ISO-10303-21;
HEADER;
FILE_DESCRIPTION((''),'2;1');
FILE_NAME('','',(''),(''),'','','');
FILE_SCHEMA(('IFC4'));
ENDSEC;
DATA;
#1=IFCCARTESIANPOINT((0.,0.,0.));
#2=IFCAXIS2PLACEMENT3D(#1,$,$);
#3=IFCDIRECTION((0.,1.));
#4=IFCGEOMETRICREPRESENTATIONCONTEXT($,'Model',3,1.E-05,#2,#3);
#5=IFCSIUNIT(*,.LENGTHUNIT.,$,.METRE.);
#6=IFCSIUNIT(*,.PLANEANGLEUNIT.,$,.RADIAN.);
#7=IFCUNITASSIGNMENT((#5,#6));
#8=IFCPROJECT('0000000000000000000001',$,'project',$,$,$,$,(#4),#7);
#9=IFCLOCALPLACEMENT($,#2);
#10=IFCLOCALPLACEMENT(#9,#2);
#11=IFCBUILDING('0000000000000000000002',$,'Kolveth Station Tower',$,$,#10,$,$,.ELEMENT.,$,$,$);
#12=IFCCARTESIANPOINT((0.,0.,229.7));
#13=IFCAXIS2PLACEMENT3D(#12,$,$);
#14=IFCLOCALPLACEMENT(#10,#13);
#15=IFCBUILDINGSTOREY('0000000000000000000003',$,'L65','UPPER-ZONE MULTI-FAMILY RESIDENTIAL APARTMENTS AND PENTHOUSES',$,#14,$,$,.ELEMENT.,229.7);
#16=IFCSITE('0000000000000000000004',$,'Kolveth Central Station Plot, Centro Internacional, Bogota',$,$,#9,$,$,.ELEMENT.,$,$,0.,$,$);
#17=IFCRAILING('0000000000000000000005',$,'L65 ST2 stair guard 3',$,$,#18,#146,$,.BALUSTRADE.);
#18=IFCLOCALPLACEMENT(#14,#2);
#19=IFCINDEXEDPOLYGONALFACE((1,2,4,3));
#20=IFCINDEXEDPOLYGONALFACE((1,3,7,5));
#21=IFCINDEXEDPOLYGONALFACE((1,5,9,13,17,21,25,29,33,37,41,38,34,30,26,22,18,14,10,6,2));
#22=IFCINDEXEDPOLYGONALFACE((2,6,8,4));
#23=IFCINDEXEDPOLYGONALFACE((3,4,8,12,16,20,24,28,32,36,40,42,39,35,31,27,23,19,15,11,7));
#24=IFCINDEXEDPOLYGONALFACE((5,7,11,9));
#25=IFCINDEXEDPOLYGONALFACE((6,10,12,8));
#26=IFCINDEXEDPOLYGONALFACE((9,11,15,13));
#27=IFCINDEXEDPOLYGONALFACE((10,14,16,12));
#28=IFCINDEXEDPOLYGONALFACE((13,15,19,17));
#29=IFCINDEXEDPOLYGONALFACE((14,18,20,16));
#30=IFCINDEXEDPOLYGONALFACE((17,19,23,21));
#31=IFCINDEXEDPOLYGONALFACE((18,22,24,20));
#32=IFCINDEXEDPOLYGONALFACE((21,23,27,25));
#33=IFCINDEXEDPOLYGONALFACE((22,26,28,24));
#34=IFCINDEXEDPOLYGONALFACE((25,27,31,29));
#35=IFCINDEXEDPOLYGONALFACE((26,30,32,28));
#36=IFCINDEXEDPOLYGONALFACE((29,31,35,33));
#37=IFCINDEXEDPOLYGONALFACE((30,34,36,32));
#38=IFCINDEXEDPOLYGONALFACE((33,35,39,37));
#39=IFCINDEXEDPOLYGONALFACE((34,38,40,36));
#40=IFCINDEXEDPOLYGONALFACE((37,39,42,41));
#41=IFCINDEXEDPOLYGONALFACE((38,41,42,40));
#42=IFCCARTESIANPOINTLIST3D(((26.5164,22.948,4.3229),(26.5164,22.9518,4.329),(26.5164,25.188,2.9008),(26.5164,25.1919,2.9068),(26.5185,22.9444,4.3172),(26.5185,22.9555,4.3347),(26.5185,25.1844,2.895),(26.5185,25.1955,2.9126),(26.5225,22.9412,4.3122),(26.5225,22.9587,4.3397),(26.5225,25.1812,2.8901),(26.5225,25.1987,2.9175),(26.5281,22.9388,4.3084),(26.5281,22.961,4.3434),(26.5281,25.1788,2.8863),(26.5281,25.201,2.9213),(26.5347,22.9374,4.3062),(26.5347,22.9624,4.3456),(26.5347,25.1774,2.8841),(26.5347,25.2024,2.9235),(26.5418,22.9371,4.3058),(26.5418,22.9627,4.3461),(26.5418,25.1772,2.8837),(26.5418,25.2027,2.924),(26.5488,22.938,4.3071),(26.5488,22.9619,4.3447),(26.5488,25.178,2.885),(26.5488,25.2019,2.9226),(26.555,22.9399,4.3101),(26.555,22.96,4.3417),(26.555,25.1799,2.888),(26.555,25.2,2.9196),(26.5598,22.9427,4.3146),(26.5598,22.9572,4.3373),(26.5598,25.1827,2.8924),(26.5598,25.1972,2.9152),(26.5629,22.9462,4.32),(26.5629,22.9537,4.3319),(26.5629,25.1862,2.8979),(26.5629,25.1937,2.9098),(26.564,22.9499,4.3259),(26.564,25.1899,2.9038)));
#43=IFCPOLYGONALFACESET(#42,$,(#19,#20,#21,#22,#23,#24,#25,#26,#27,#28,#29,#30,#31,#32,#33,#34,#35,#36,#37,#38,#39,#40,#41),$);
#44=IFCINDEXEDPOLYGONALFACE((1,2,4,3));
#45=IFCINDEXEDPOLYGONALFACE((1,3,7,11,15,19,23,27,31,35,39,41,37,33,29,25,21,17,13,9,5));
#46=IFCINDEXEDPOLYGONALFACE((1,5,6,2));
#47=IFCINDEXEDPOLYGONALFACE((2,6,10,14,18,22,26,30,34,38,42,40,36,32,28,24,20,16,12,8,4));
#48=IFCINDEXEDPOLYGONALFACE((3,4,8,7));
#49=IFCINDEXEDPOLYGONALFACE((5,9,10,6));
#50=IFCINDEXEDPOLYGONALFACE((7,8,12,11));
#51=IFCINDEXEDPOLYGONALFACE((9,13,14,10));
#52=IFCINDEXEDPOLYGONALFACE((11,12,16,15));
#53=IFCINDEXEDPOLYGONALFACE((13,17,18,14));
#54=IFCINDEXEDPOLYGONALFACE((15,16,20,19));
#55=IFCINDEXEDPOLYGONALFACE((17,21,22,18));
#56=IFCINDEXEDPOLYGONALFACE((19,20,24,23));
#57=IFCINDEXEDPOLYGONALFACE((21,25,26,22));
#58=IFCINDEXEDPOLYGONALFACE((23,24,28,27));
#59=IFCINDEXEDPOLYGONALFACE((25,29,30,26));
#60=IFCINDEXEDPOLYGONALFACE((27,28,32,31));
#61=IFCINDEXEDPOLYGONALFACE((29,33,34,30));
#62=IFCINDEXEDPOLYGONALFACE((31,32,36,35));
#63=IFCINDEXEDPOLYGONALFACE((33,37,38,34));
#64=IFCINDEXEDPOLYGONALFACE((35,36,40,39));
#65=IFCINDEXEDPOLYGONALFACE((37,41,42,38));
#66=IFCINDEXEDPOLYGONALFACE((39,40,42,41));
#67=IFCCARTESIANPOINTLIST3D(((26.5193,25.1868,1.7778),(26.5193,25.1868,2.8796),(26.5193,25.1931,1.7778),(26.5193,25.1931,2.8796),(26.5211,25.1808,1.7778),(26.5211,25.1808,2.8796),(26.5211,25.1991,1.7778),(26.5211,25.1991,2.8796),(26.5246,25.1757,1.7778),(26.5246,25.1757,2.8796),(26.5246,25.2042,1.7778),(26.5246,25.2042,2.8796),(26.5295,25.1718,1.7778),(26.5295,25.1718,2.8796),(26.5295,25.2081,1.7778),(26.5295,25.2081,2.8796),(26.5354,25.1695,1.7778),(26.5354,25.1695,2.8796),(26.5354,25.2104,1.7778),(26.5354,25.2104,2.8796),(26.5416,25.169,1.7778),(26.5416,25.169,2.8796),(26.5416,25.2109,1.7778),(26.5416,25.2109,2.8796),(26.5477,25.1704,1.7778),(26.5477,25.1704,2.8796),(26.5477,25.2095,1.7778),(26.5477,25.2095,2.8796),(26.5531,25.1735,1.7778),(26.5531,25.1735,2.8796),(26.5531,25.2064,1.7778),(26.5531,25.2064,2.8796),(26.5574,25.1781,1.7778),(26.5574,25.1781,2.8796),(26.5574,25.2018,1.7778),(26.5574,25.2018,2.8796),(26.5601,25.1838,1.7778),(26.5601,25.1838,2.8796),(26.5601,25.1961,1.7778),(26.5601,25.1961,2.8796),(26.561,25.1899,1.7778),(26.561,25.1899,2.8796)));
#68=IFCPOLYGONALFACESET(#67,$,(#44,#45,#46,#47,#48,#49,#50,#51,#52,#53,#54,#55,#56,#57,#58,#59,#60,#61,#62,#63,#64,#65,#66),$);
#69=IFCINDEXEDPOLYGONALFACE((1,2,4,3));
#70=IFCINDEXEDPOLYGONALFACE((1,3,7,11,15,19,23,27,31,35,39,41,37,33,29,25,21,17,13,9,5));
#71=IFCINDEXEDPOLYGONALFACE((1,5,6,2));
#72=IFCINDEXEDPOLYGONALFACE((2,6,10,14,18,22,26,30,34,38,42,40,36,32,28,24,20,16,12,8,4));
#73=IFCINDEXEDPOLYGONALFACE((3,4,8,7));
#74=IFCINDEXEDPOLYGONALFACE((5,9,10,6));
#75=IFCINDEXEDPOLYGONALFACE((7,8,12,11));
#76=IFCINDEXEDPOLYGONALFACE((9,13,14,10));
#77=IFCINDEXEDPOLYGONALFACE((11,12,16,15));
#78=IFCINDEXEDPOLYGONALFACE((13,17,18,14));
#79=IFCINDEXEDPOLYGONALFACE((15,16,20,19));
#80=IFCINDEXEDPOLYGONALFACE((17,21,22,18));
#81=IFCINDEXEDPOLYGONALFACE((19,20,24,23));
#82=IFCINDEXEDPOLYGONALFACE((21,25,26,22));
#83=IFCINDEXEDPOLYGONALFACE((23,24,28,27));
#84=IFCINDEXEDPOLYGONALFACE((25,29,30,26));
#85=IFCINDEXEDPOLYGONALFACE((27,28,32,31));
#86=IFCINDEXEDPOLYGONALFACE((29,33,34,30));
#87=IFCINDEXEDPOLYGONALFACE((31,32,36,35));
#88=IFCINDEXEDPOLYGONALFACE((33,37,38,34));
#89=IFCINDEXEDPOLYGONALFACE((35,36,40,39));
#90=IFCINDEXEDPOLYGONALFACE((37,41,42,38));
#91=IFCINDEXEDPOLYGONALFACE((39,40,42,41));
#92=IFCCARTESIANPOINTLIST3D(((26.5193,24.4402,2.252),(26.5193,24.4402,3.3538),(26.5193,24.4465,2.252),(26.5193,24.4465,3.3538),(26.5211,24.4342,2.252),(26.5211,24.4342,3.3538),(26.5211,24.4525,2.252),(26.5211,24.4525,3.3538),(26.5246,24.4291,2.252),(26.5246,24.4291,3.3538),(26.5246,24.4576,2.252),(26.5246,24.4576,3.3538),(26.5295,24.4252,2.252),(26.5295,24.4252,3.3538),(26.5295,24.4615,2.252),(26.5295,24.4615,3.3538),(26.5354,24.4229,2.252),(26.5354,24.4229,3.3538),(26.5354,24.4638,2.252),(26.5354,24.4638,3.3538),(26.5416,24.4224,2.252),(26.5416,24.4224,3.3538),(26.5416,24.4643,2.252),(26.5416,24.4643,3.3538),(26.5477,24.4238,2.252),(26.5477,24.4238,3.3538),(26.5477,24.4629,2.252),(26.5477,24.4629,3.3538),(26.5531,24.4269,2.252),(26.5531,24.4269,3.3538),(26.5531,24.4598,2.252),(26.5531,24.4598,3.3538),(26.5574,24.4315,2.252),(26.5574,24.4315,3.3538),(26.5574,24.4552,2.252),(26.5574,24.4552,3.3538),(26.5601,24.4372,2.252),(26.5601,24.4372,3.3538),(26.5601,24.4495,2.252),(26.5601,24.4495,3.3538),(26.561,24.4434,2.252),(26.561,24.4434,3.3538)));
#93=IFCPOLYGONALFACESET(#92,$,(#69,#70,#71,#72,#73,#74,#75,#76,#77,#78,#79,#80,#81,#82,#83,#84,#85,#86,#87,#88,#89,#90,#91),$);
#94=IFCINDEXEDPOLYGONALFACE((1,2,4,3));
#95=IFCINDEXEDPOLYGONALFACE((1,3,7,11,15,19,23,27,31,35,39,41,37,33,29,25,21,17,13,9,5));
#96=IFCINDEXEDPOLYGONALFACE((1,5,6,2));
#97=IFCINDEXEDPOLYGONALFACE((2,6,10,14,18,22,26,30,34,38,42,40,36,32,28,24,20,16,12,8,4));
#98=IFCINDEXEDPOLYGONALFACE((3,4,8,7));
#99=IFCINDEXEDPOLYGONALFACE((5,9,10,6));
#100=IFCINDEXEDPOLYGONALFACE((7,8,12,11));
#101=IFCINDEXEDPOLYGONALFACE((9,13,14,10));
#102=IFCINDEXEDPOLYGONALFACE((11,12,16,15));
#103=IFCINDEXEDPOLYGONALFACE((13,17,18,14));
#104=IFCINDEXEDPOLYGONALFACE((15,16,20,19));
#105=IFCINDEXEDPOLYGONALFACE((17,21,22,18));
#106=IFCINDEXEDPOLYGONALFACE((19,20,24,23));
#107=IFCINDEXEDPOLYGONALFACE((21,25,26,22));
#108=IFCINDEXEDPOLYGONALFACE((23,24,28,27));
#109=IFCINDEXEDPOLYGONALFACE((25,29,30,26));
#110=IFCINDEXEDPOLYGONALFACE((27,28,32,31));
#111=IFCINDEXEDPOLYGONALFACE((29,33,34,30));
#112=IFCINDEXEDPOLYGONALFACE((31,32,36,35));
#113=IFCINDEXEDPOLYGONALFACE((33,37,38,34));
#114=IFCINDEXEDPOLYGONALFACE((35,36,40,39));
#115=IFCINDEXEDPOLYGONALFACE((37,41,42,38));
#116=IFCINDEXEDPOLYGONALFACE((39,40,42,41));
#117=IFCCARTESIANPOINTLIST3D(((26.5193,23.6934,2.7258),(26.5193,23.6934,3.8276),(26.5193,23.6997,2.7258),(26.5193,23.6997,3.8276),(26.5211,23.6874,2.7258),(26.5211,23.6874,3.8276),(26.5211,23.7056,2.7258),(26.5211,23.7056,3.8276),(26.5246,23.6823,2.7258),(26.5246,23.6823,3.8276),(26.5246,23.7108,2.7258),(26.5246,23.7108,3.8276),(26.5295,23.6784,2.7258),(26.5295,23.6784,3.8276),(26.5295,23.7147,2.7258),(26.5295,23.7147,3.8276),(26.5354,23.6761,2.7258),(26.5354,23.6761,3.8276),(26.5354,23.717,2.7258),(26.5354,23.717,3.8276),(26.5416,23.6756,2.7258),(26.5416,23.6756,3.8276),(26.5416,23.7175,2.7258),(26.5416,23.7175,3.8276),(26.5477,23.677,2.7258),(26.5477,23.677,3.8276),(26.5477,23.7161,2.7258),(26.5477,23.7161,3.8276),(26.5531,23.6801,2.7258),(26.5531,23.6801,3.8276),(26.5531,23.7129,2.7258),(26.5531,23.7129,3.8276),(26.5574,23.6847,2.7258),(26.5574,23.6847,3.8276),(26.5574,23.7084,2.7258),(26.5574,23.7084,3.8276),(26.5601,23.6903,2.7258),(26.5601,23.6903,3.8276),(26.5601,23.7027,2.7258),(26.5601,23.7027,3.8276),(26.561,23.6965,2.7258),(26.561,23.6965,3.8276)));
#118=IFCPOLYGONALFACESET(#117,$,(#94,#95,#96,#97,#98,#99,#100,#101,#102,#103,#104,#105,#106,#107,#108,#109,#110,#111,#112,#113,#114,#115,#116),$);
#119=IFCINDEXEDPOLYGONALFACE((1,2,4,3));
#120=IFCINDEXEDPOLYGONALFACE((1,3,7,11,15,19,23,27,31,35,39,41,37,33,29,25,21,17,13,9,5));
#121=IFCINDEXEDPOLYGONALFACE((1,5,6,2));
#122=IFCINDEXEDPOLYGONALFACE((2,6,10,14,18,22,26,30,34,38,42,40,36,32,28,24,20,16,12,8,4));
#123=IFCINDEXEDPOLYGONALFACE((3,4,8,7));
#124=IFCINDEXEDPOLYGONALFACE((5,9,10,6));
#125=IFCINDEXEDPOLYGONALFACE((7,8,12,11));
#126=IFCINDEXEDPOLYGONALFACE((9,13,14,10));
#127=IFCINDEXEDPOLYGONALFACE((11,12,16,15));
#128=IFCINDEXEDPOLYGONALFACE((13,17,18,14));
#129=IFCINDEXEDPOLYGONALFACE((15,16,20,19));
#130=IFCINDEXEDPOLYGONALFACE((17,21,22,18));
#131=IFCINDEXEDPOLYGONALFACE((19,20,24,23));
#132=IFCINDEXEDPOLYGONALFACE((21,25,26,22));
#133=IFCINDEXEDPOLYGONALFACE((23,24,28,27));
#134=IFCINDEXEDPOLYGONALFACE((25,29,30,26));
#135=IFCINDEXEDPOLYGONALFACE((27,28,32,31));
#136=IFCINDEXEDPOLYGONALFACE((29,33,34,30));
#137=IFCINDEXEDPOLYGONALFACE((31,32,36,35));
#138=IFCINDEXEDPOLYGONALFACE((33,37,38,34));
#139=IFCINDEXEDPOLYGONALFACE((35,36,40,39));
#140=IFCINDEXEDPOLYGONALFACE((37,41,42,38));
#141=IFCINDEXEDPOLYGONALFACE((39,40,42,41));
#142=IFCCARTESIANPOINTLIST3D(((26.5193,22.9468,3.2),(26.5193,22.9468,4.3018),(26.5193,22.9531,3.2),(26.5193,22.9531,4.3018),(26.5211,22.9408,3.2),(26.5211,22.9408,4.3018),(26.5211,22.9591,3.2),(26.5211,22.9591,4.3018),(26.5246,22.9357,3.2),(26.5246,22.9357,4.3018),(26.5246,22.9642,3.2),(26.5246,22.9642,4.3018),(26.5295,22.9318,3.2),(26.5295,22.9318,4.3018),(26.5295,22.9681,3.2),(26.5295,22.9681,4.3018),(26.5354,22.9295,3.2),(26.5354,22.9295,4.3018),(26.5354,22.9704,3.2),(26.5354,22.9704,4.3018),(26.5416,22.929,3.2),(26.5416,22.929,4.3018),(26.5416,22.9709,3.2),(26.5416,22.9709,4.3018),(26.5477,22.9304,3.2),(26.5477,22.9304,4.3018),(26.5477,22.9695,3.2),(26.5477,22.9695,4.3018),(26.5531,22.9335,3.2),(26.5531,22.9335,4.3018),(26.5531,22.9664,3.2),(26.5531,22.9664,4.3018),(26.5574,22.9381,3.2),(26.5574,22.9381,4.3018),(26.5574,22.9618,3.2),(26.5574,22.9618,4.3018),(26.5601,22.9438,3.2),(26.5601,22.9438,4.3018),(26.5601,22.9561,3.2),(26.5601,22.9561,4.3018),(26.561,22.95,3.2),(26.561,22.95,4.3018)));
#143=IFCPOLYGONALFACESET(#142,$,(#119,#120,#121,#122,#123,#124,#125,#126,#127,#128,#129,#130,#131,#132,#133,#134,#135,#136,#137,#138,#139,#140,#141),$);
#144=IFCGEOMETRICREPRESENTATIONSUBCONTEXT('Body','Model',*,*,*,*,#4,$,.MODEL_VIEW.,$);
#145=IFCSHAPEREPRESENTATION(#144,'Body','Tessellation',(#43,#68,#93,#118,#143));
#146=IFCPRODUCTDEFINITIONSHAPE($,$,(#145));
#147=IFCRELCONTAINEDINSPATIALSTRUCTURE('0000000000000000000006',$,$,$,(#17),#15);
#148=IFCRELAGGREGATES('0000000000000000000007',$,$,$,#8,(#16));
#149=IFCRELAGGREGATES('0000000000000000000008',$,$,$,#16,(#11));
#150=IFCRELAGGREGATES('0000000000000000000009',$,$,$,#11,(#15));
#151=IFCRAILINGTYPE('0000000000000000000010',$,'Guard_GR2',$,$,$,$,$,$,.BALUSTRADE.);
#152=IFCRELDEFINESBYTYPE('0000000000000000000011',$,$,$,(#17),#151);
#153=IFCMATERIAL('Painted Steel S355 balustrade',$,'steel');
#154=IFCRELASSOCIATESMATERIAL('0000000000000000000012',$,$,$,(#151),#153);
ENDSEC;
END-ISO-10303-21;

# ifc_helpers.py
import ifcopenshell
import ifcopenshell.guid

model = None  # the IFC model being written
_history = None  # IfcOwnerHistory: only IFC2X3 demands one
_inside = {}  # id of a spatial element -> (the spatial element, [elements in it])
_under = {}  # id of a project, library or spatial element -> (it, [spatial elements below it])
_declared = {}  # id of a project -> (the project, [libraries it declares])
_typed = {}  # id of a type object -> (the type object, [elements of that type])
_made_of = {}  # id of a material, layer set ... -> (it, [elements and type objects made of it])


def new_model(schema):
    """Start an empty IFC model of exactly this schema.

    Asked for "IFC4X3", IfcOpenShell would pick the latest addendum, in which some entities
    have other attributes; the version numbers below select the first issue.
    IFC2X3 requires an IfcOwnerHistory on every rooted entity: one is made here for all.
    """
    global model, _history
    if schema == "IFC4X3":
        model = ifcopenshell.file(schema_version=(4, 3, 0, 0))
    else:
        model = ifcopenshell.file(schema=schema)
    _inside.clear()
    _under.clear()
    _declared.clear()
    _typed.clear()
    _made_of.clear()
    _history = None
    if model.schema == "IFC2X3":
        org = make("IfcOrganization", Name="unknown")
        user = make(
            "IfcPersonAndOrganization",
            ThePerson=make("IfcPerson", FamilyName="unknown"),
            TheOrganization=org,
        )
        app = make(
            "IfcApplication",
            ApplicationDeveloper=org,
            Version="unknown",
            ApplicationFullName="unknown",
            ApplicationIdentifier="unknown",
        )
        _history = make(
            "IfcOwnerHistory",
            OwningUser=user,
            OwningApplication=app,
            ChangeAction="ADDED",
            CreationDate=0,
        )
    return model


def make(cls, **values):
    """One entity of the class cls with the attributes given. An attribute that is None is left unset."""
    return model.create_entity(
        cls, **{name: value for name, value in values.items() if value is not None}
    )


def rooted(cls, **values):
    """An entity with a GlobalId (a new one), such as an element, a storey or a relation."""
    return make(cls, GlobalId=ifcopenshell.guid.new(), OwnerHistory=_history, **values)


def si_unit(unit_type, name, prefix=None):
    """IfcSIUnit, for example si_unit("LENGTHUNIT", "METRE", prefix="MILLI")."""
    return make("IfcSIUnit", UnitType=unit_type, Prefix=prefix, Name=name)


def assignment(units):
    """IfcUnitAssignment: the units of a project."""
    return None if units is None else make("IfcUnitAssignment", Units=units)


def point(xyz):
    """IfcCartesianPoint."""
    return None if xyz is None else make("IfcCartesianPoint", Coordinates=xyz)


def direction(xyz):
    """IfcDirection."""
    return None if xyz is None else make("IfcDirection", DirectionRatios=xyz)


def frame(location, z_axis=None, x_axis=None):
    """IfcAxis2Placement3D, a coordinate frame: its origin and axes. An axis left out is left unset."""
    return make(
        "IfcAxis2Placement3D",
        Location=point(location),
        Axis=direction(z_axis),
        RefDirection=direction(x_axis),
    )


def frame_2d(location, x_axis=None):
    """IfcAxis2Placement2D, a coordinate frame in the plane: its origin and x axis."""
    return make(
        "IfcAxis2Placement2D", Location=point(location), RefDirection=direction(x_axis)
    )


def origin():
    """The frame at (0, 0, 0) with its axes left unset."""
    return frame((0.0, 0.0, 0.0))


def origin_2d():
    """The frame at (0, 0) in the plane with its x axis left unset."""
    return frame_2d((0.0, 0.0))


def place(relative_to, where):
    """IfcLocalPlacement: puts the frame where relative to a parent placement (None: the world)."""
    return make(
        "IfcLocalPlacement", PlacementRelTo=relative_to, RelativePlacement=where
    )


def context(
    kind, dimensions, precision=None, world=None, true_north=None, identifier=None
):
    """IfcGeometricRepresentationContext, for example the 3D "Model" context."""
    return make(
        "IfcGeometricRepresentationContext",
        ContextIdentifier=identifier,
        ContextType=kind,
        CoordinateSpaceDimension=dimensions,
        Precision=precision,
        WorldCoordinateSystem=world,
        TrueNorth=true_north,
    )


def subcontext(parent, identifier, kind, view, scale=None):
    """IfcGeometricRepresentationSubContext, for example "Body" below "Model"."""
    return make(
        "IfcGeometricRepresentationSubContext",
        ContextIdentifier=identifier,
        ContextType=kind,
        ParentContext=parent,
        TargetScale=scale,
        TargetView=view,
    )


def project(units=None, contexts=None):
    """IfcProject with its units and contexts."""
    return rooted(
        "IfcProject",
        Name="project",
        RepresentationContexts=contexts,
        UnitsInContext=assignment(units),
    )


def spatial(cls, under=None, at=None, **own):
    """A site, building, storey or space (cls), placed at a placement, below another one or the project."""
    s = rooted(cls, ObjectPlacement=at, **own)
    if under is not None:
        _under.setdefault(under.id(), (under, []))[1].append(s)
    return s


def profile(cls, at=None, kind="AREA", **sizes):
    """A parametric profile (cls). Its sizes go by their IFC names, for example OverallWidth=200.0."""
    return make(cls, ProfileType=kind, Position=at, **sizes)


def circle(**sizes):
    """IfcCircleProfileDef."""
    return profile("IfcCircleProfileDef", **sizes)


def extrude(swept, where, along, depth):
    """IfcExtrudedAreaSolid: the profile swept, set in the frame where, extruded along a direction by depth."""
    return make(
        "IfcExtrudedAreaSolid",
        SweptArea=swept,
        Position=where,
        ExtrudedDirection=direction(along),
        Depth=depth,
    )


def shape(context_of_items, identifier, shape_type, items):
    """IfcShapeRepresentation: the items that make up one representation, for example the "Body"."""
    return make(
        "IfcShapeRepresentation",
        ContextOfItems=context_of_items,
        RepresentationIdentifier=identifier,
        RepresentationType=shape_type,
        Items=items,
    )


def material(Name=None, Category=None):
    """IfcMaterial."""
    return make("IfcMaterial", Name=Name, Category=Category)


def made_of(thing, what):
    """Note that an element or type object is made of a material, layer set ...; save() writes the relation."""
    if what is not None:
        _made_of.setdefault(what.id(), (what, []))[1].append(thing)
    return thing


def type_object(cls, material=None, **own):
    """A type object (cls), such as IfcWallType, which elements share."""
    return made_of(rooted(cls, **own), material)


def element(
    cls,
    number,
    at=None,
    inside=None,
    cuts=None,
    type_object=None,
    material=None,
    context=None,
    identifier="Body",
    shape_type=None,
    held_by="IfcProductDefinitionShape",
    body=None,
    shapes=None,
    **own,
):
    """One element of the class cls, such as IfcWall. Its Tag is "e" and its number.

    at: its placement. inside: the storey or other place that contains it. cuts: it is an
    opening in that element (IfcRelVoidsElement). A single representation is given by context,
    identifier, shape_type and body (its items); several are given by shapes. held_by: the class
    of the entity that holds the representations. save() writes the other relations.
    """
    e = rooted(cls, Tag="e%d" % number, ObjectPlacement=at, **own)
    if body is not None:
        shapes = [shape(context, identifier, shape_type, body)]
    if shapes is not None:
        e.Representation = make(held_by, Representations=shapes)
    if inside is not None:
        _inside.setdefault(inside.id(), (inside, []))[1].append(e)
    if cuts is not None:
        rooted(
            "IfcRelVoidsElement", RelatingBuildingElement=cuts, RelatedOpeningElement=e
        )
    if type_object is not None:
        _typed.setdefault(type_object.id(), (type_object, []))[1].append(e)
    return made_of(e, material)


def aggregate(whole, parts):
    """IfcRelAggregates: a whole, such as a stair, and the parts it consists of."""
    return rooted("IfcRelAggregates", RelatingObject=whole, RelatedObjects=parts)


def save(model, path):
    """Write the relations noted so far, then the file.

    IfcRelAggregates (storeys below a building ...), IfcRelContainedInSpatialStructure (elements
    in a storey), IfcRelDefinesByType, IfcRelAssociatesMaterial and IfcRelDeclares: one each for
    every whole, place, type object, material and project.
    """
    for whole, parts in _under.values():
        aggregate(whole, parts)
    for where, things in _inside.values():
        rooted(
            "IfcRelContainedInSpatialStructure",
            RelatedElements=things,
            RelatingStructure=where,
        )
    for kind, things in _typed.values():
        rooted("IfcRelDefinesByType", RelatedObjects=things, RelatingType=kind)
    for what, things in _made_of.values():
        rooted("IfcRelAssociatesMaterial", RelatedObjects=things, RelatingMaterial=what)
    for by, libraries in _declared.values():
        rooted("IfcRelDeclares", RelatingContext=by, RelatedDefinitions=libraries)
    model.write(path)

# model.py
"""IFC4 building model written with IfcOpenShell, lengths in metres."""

from ifc_helpers import new_model, si_unit, direction, frame, origin, origin_2d, place, context, subcontext, project, spatial, circle, extrude, material, type_object, element, save


model = new_model("IFC4")

# Units and contexts
model_context = context("Model", 3, precision=1e-05, world=origin(), true_north=direction((0.0, 1.0)))
body_context = subcontext(model_context, "Body", "Model", "MODEL_VIEW")
ifc_project = project(units=[si_unit("LENGTHUNIT", "METRE"), si_unit("PLANEANGLEUNIT", "RADIAN")], contexts=[model_context])

# Site, building, storey
site_placement = place(None, origin())
site = spatial("IfcSite", under=ifc_project, at=site_placement, Name="Kolveth Central Station Plot, Centro Internacional, Bogota", CompositionType="ELEMENT", RefElevation=0.0)
building_placement = place(site_placement, origin())
building = spatial("IfcBuilding", under=site, at=building_placement, Name="Kolveth Station Tower", CompositionType="ELEMENT")
storey_placement = place(building_placement, frame((0.0, 0.0, 229.7)))
storey = spatial("IfcBuildingStorey", under=building, at=storey_placement, Name="L65", Description="UPPER-ZONE MULTI-FAMILY RESIDENTIAL APARTMENTS AND PENTHOUSES", CompositionType="ELEMENT", Elevation=229.7)

# Railing
ifc_material_1 = material(Name="Painted Steel S355 balustrade", Category="steel")
railing_type = type_object("IfcRailingType", Name="Guard_GR2", PredefinedType="BALUSTRADE", material=ifc_material_1)
railing_1_placement = place(storey_placement, frame((26.54, 25.1899, 1.7778)))
element("IfcRailing", 1, at=railing_1_placement, inside=storey, type_object=railing_type, Name="L65 ST2 stair guard 3", PredefinedType="BALUSTRADE", context=body_context, shape_type="SweptSolid", body=[
    extrude(circle(Radius=0.0239, at=origin_2d()), frame((0.0, 0.0, 1.126), z_axis=(0.0, -0.844229, 0.535982), x_axis=(1.0, 0.0, 0.0)), (0.0, 0.0, 1.0), 2.6533),
    extrude(circle(Radius=0.021, at=origin_2d()), origin(), (0.0, 0.0, 1.0), 1.1018),
    extrude(circle(Radius=0.021, at=origin_2d()), frame((0.0, -0.7466, 0.4741)), (0.0, 0.0, 1.0), 1.1018),
    extrude(circle(Radius=0.021, at=origin_2d()), frame((0.0, -1.4934, 0.948)), (0.0, 0.0, 1.0), 1.1018),
    extrude(circle(Radius=0.021, at=origin_2d()), frame((0.0, -2.24, 1.4221)), (0.0, 0.0, 1.0), 1.1018),
])

save(model, "model.ifc")
